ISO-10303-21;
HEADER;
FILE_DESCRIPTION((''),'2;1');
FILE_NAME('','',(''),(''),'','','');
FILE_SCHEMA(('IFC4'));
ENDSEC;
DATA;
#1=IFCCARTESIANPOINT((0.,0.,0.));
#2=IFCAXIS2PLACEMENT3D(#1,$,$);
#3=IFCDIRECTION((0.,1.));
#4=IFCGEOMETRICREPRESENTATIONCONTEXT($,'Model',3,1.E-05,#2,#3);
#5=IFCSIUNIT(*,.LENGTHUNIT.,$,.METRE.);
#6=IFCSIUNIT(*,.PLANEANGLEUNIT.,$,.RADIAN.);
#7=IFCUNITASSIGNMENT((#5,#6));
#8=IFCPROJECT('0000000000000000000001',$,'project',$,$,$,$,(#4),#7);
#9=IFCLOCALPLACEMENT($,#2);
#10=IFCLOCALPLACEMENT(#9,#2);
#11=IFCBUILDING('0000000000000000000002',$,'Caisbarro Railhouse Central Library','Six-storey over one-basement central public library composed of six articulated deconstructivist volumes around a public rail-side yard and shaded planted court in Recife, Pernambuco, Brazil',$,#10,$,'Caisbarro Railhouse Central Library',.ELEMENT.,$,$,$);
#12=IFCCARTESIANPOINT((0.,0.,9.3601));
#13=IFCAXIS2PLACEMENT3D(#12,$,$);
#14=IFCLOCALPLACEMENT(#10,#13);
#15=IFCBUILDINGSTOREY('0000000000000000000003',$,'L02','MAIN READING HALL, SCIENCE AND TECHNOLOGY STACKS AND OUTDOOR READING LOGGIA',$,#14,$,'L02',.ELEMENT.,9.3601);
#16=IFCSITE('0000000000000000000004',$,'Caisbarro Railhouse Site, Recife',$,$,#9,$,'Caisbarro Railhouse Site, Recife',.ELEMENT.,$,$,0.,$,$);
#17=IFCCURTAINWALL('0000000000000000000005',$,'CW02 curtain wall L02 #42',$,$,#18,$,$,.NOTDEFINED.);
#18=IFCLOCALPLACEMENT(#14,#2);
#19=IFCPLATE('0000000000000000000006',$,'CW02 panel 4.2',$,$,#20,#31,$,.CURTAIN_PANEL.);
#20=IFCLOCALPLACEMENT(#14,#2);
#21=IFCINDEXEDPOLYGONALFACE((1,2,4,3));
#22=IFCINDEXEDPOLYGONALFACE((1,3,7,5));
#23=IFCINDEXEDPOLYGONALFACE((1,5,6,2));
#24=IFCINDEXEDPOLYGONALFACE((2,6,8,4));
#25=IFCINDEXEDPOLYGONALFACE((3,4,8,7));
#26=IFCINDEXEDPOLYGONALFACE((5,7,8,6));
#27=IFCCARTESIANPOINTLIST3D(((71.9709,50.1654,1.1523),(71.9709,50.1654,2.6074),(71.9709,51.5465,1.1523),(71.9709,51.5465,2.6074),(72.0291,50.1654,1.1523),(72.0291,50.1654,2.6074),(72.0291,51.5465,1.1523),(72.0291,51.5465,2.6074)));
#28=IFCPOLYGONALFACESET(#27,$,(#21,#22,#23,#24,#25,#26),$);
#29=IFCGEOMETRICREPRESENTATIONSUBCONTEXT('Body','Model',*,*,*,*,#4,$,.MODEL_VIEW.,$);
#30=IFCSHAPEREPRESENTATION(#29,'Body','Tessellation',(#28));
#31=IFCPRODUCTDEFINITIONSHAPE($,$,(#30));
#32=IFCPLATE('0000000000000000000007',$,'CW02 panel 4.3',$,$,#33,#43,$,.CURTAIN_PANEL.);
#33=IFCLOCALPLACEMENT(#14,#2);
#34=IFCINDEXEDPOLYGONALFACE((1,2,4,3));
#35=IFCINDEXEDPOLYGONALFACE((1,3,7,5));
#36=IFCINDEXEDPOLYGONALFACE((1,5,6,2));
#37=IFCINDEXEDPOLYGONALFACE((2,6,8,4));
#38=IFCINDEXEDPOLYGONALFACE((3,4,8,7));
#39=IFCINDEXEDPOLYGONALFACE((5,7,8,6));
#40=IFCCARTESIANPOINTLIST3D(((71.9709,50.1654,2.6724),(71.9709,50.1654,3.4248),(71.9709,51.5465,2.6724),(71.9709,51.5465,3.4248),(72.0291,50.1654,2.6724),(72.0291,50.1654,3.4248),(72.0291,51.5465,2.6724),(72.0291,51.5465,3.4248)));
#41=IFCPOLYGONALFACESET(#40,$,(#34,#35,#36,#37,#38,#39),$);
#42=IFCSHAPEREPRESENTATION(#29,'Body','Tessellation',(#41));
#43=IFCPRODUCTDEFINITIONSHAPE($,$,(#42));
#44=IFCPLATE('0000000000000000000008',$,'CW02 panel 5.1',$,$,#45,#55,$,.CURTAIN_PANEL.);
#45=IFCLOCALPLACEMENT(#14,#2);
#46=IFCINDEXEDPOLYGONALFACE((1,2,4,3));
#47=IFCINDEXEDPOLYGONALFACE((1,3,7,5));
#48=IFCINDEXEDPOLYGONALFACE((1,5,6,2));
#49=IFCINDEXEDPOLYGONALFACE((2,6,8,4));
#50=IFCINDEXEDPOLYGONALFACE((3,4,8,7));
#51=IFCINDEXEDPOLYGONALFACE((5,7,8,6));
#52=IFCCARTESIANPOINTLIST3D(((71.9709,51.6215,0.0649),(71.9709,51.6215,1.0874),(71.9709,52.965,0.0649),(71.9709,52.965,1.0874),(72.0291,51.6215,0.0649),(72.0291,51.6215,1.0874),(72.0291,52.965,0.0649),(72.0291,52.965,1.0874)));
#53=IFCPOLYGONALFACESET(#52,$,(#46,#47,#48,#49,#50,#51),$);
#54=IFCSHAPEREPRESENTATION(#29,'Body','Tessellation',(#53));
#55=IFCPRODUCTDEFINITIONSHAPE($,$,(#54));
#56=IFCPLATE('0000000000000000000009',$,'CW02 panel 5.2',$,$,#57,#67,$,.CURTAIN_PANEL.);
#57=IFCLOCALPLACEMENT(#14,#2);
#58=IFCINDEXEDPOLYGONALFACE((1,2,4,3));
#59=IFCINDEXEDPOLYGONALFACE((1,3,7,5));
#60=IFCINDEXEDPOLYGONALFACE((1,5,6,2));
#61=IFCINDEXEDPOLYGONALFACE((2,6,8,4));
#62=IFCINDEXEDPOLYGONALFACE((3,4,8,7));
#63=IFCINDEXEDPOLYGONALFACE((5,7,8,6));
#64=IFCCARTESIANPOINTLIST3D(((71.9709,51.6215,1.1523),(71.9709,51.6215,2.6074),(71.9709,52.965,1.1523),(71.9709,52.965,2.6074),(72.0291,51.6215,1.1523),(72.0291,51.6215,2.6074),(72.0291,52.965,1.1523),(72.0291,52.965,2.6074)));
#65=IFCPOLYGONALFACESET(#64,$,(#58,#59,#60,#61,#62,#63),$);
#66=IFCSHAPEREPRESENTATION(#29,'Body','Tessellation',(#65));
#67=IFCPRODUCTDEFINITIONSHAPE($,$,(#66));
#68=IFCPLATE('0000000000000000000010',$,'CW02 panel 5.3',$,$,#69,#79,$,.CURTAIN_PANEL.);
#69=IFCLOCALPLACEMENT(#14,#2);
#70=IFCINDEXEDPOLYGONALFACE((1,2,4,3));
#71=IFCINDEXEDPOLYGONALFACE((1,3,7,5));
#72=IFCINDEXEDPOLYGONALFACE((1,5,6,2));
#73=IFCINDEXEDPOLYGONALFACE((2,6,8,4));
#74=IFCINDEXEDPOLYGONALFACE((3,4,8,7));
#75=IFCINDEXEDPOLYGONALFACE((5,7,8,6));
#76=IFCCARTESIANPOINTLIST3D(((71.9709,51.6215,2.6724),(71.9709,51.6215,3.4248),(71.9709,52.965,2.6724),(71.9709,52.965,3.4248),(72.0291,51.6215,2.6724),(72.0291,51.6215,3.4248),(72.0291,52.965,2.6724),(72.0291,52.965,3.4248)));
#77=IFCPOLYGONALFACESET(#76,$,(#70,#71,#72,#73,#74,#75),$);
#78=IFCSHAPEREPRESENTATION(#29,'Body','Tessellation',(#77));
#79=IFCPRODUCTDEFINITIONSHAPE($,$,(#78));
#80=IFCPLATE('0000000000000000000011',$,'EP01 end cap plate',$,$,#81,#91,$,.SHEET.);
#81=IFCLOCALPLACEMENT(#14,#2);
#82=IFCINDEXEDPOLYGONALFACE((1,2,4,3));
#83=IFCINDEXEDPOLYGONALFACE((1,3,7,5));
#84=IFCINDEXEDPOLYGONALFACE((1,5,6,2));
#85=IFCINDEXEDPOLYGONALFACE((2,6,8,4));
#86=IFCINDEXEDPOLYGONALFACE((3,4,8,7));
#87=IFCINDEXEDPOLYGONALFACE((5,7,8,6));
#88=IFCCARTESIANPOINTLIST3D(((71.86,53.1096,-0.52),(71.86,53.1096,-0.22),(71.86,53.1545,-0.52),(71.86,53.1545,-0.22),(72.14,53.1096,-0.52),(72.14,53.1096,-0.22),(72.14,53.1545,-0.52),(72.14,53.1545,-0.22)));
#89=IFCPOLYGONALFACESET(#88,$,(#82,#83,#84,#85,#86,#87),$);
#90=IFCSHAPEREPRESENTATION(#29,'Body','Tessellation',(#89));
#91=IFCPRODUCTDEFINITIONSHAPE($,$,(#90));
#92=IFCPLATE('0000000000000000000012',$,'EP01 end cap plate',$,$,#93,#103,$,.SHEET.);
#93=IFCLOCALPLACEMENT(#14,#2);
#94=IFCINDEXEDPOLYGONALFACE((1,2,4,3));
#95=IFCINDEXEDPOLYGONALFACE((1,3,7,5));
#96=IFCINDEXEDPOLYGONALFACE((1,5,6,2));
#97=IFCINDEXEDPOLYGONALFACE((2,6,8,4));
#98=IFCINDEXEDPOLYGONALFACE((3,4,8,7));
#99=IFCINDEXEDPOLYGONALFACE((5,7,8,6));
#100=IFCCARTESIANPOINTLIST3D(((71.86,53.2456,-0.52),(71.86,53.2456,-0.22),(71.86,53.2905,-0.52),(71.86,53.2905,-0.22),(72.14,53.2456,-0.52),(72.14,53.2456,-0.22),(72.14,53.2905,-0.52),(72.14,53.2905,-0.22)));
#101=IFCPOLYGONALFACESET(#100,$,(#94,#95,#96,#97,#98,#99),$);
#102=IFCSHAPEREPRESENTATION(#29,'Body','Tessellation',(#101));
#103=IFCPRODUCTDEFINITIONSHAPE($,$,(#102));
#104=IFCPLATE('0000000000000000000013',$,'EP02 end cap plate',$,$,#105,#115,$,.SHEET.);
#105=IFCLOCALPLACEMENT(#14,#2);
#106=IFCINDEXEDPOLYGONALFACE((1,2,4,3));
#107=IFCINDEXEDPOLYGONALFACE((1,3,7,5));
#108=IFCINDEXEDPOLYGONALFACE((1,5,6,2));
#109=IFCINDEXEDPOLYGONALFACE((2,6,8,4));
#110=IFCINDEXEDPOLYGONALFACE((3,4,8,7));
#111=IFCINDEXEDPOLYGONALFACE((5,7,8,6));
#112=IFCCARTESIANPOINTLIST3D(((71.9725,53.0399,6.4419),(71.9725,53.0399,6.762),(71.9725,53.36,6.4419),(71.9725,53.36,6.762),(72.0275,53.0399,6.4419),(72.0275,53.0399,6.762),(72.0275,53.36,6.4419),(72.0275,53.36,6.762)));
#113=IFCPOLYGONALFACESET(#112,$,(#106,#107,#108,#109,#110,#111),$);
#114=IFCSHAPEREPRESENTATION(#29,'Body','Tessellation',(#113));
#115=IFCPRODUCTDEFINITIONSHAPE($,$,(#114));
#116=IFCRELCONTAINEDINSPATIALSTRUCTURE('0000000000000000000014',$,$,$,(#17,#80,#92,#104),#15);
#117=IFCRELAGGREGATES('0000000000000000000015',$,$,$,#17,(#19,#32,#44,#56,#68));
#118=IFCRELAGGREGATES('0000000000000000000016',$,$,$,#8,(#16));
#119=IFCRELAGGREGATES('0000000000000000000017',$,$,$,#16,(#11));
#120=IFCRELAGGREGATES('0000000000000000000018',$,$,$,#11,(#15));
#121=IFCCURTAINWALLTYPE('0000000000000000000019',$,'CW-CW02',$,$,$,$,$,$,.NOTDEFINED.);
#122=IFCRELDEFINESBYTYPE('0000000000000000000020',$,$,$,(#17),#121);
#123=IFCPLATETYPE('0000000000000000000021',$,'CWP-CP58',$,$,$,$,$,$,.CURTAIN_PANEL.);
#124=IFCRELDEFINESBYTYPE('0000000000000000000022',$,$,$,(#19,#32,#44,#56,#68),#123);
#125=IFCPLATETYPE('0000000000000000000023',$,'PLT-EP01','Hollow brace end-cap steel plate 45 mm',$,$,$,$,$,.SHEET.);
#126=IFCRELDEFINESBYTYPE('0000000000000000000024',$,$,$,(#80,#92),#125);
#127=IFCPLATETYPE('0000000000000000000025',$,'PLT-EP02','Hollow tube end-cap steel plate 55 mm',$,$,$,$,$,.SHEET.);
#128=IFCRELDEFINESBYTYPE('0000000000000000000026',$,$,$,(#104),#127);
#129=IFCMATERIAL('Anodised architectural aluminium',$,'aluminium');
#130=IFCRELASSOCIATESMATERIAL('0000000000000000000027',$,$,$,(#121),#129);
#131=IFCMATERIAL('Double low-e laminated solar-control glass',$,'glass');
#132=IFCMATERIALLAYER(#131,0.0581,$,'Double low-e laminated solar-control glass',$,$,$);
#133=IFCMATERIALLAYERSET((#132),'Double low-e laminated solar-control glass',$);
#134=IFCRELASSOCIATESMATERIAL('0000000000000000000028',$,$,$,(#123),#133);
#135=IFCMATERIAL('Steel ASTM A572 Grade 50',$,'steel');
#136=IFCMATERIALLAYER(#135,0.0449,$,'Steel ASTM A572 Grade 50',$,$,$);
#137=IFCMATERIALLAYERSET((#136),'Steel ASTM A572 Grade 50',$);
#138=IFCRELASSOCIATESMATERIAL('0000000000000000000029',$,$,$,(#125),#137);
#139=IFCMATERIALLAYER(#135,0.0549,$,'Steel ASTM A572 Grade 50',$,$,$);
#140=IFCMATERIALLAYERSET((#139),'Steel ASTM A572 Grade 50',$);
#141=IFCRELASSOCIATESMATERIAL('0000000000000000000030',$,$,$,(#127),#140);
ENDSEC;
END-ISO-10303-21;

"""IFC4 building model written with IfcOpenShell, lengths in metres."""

from ifc_helpers import new_model, si_unit, direction, frame, origin, origin_2d, place, context, subcontext, project, spatial, rectangle, extrude, material, layer, layer_set, type_object, element, aggregate, save


model = new_model("IFC4")

# Units and contexts
model_context = context("Model", 3, precision=1e-05, world=origin(), true_north=direction((0.0, 1.0)))
body_context = subcontext(model_context, "Body", "Model", "MODEL_VIEW")
ifc_project = project(units=[si_unit("LENGTHUNIT", "METRE"), si_unit("PLANEANGLEUNIT", "RADIAN")], contexts=[model_context])

# Site, building, storey
site_placement = place(None, origin())
site = spatial("IfcSite", under=ifc_project, at=site_placement, Name="Caisbarro Railhouse Site, Recife", LongName="Caisbarro Railhouse Site, Recife", CompositionType="ELEMENT", RefElevation=0.0)
building_placement = place(site_placement, origin())
building = spatial("IfcBuilding", under=site, at=building_placement, Name="Caisbarro Railhouse Central Library", Description="Six-storey over one-basement central public library composed of six articulated deconstructivist volumes around a public rail-side yard and shaded planted court in Recife, Pernambuco, Brazil", LongName="Caisbarro Railhouse Central Library", CompositionType="ELEMENT")
storey_placement = place(building_placement, frame((0.0, 0.0, 9.3601)))
storey = spatial("IfcBuildingStorey", under=building, at=storey_placement, Name="L02", Description="MAIN READING HALL, SCIENCE AND TECHNOLOGY STACKS AND OUTDOOR READING LOGGIA", LongName="L02", CompositionType="ELEMENT", Elevation=9.3601)

# Shared definitions
ifc_material_1 = material(Name="Steel ASTM A572 Grade 50", Category="steel")

# Curtain wall
ifc_material_2 = material(Name="Anodised architectural aluminium", Category="aluminium")
curtain_wall_type = type_object("IfcCurtainWallType", Name="CW-CW02", PredefinedType="NOTDEFINED", material=ifc_material_2)
curtain_wall_1_placement = place(storey_placement, origin())
curtain_wall_1 = element("IfcCurtainWall", 1, at=curtain_wall_1_placement, inside=storey, type_object=curtain_wall_type, Name="CW02 curtain wall L02 #42", PredefinedType="NOTDEFINED")

# Plates
ifc_material_3 = material(Name="Double low-e laminated solar-control glass", Category="glass")
ifc_layer_1 = layer(ifc_material_3, 0.0581, Name="Double low-e laminated solar-control glass")
ifc_layer_set_1 = layer_set([ifc_layer_1], Name="Double low-e laminated solar-control glass")
plate_type_1 = type_object("IfcPlateType", Name="CWP-CP58", PredefinedType="CURTAIN_PANEL", material=ifc_layer_set_1)
plate_1_placement = place(storey_placement, frame((72.0, 50.856, 1.1523), z_axis=(0.0, 0.0, 1.0), x_axis=(0.0, 1.0, 0.0)))
plate_1 = element("IfcPlate", 2, at=plate_1_placement, type_object=plate_type_1, Name="CW02 panel 4.2", PredefinedType="CURTAIN_PANEL", context=body_context, shape_type="SweptSolid", body=[
    extrude(rectangle(XDim=1.3811, YDim=0.0581, at=origin_2d()), origin(), (0.0, 0.0, 1.0), 1.4551),
])
plate_2_placement = place(storey_placement, frame((72.0, 50.856, 2.6724), z_axis=(0.0, 0.0, 1.0), x_axis=(0.0, 1.0, 0.0)))
plate_2 = element("IfcPlate", 3, at=plate_2_placement, type_object=plate_type_1, Name="CW02 panel 4.3", PredefinedType="CURTAIN_PANEL", context=body_context, shape_type="SweptSolid", body=[
    extrude(rectangle(XDim=1.3811, YDim=0.0581, at=origin_2d()), origin(), (0.0, 0.0, 1.0), 0.7524),
])
plate_3_placement = place(storey_placement, frame((72.0, 52.2932, 0.0649), z_axis=(0.0, 0.0, 1.0), x_axis=(0.0, 1.0, 0.0)))
plate_3 = element("IfcPlate", 4, at=plate_3_placement, type_object=plate_type_1, Name="CW02 panel 5.1", PredefinedType="CURTAIN_PANEL", context=body_context, shape_type="SweptSolid", body=[
    extrude(rectangle(XDim=1.3435, YDim=0.0581, at=origin_2d()), origin(), (0.0, 0.0, 1.0), 1.0225),
])
plate_4_placement = place(storey_placement, frame((72.0, 52.2932, 1.1523), z_axis=(0.0, 0.0, 1.0), x_axis=(0.0, 1.0, 0.0)))
plate_4 = element("IfcPlate", 5, at=plate_4_placement, type_object=plate_type_1, Name="CW02 panel 5.2", PredefinedType="CURTAIN_PANEL", context=body_context, shape_type="SweptSolid", body=[
    extrude(rectangle(XDim=1.3435, YDim=0.0581, at=origin_2d()), origin(), (0.0, 0.0, 1.0), 1.4551),
])
plate_5_placement = place(storey_placement, frame((72.0, 52.2932, 2.6724), z_axis=(0.0, 0.0, 1.0), x_axis=(0.0, 1.0, 0.0)))
plate_5 = element("IfcPlate", 6, at=plate_5_placement, type_object=plate_type_1, Name="CW02 panel 5.3", PredefinedType="CURTAIN_PANEL", context=body_context, shape_type="SweptSolid", body=[
    extrude(rectangle(XDim=1.3435, YDim=0.0581, at=origin_2d()), origin(), (0.0, 0.0, 1.0), 0.7524),
])
aggregate(curtain_wall_1, [plate_1, plate_2, plate_3, plate_4, plate_5])

# Plates
ifc_layer_2 = layer(ifc_material_1, 0.0449, Name="Steel ASTM A572 Grade 50")
ifc_layer_set_2 = layer_set([ifc_layer_2], Name="Steel ASTM A572 Grade 50")
plate_type_2 = type_object("IfcPlateType", Name="PLT-EP01", Description="Hollow brace end-cap steel plate 45 mm", PredefinedType="SHEET", material=ifc_layer_set_2)
for number, where, z_axis, x_axis, name in (
    (7, (72.0, 53.1321, -0.52), (0.0, 0.0, 1.0), (0.0, 1.0, 0.0), "EP01 end cap plate"),
    (8, (72.0, 53.2681, -0.52), (0.0, 0.0, 1.0), (0.0, 1.0, 0.0), "EP01 end cap plate"),
):
    element("IfcPlate", number, at=place(storey_placement, frame(where, z_axis=z_axis, x_axis=x_axis)), inside=storey, type_object=plate_type_2, Name=name, PredefinedType="SHEET", context=body_context, shape_type="SweptSolid", body=[
        extrude(rectangle(XDim=0.0449, YDim=0.28, at=origin_2d()), origin(), (0.0, 0.0, 1.0), 0.3),
    ])
ifc_layer_3 = layer(ifc_material_1, 0.0549, Name="Steel ASTM A572 Grade 50")
ifc_layer_set_3 = layer_set([ifc_layer_3], Name="Steel ASTM A572 Grade 50")
plate_type_3 = type_object("IfcPlateType", Name="PLT-EP02", Description="Hollow tube end-cap steel plate 55 mm", PredefinedType="SHEET", material=ifc_layer_set_3)
plate_6_placement = place(storey_placement, frame((72.0, 53.2, 6.4419), z_axis=(0.0, 0.0, 1.0), x_axis=(1.0, 0.0, 0.0)))
element("IfcPlate", 9, at=plate_6_placement, inside=storey, type_object=plate_type_3, Name="EP02 end cap plate", PredefinedType="SHEET", context=body_context, shape_type="SweptSolid", body=[
    extrude(rectangle(XDim=0.0549, YDim=0.3201, at=origin_2d()), origin(), (0.0, 0.0, 1.0), 0.3201),
])

save(model, "model.ifc")
